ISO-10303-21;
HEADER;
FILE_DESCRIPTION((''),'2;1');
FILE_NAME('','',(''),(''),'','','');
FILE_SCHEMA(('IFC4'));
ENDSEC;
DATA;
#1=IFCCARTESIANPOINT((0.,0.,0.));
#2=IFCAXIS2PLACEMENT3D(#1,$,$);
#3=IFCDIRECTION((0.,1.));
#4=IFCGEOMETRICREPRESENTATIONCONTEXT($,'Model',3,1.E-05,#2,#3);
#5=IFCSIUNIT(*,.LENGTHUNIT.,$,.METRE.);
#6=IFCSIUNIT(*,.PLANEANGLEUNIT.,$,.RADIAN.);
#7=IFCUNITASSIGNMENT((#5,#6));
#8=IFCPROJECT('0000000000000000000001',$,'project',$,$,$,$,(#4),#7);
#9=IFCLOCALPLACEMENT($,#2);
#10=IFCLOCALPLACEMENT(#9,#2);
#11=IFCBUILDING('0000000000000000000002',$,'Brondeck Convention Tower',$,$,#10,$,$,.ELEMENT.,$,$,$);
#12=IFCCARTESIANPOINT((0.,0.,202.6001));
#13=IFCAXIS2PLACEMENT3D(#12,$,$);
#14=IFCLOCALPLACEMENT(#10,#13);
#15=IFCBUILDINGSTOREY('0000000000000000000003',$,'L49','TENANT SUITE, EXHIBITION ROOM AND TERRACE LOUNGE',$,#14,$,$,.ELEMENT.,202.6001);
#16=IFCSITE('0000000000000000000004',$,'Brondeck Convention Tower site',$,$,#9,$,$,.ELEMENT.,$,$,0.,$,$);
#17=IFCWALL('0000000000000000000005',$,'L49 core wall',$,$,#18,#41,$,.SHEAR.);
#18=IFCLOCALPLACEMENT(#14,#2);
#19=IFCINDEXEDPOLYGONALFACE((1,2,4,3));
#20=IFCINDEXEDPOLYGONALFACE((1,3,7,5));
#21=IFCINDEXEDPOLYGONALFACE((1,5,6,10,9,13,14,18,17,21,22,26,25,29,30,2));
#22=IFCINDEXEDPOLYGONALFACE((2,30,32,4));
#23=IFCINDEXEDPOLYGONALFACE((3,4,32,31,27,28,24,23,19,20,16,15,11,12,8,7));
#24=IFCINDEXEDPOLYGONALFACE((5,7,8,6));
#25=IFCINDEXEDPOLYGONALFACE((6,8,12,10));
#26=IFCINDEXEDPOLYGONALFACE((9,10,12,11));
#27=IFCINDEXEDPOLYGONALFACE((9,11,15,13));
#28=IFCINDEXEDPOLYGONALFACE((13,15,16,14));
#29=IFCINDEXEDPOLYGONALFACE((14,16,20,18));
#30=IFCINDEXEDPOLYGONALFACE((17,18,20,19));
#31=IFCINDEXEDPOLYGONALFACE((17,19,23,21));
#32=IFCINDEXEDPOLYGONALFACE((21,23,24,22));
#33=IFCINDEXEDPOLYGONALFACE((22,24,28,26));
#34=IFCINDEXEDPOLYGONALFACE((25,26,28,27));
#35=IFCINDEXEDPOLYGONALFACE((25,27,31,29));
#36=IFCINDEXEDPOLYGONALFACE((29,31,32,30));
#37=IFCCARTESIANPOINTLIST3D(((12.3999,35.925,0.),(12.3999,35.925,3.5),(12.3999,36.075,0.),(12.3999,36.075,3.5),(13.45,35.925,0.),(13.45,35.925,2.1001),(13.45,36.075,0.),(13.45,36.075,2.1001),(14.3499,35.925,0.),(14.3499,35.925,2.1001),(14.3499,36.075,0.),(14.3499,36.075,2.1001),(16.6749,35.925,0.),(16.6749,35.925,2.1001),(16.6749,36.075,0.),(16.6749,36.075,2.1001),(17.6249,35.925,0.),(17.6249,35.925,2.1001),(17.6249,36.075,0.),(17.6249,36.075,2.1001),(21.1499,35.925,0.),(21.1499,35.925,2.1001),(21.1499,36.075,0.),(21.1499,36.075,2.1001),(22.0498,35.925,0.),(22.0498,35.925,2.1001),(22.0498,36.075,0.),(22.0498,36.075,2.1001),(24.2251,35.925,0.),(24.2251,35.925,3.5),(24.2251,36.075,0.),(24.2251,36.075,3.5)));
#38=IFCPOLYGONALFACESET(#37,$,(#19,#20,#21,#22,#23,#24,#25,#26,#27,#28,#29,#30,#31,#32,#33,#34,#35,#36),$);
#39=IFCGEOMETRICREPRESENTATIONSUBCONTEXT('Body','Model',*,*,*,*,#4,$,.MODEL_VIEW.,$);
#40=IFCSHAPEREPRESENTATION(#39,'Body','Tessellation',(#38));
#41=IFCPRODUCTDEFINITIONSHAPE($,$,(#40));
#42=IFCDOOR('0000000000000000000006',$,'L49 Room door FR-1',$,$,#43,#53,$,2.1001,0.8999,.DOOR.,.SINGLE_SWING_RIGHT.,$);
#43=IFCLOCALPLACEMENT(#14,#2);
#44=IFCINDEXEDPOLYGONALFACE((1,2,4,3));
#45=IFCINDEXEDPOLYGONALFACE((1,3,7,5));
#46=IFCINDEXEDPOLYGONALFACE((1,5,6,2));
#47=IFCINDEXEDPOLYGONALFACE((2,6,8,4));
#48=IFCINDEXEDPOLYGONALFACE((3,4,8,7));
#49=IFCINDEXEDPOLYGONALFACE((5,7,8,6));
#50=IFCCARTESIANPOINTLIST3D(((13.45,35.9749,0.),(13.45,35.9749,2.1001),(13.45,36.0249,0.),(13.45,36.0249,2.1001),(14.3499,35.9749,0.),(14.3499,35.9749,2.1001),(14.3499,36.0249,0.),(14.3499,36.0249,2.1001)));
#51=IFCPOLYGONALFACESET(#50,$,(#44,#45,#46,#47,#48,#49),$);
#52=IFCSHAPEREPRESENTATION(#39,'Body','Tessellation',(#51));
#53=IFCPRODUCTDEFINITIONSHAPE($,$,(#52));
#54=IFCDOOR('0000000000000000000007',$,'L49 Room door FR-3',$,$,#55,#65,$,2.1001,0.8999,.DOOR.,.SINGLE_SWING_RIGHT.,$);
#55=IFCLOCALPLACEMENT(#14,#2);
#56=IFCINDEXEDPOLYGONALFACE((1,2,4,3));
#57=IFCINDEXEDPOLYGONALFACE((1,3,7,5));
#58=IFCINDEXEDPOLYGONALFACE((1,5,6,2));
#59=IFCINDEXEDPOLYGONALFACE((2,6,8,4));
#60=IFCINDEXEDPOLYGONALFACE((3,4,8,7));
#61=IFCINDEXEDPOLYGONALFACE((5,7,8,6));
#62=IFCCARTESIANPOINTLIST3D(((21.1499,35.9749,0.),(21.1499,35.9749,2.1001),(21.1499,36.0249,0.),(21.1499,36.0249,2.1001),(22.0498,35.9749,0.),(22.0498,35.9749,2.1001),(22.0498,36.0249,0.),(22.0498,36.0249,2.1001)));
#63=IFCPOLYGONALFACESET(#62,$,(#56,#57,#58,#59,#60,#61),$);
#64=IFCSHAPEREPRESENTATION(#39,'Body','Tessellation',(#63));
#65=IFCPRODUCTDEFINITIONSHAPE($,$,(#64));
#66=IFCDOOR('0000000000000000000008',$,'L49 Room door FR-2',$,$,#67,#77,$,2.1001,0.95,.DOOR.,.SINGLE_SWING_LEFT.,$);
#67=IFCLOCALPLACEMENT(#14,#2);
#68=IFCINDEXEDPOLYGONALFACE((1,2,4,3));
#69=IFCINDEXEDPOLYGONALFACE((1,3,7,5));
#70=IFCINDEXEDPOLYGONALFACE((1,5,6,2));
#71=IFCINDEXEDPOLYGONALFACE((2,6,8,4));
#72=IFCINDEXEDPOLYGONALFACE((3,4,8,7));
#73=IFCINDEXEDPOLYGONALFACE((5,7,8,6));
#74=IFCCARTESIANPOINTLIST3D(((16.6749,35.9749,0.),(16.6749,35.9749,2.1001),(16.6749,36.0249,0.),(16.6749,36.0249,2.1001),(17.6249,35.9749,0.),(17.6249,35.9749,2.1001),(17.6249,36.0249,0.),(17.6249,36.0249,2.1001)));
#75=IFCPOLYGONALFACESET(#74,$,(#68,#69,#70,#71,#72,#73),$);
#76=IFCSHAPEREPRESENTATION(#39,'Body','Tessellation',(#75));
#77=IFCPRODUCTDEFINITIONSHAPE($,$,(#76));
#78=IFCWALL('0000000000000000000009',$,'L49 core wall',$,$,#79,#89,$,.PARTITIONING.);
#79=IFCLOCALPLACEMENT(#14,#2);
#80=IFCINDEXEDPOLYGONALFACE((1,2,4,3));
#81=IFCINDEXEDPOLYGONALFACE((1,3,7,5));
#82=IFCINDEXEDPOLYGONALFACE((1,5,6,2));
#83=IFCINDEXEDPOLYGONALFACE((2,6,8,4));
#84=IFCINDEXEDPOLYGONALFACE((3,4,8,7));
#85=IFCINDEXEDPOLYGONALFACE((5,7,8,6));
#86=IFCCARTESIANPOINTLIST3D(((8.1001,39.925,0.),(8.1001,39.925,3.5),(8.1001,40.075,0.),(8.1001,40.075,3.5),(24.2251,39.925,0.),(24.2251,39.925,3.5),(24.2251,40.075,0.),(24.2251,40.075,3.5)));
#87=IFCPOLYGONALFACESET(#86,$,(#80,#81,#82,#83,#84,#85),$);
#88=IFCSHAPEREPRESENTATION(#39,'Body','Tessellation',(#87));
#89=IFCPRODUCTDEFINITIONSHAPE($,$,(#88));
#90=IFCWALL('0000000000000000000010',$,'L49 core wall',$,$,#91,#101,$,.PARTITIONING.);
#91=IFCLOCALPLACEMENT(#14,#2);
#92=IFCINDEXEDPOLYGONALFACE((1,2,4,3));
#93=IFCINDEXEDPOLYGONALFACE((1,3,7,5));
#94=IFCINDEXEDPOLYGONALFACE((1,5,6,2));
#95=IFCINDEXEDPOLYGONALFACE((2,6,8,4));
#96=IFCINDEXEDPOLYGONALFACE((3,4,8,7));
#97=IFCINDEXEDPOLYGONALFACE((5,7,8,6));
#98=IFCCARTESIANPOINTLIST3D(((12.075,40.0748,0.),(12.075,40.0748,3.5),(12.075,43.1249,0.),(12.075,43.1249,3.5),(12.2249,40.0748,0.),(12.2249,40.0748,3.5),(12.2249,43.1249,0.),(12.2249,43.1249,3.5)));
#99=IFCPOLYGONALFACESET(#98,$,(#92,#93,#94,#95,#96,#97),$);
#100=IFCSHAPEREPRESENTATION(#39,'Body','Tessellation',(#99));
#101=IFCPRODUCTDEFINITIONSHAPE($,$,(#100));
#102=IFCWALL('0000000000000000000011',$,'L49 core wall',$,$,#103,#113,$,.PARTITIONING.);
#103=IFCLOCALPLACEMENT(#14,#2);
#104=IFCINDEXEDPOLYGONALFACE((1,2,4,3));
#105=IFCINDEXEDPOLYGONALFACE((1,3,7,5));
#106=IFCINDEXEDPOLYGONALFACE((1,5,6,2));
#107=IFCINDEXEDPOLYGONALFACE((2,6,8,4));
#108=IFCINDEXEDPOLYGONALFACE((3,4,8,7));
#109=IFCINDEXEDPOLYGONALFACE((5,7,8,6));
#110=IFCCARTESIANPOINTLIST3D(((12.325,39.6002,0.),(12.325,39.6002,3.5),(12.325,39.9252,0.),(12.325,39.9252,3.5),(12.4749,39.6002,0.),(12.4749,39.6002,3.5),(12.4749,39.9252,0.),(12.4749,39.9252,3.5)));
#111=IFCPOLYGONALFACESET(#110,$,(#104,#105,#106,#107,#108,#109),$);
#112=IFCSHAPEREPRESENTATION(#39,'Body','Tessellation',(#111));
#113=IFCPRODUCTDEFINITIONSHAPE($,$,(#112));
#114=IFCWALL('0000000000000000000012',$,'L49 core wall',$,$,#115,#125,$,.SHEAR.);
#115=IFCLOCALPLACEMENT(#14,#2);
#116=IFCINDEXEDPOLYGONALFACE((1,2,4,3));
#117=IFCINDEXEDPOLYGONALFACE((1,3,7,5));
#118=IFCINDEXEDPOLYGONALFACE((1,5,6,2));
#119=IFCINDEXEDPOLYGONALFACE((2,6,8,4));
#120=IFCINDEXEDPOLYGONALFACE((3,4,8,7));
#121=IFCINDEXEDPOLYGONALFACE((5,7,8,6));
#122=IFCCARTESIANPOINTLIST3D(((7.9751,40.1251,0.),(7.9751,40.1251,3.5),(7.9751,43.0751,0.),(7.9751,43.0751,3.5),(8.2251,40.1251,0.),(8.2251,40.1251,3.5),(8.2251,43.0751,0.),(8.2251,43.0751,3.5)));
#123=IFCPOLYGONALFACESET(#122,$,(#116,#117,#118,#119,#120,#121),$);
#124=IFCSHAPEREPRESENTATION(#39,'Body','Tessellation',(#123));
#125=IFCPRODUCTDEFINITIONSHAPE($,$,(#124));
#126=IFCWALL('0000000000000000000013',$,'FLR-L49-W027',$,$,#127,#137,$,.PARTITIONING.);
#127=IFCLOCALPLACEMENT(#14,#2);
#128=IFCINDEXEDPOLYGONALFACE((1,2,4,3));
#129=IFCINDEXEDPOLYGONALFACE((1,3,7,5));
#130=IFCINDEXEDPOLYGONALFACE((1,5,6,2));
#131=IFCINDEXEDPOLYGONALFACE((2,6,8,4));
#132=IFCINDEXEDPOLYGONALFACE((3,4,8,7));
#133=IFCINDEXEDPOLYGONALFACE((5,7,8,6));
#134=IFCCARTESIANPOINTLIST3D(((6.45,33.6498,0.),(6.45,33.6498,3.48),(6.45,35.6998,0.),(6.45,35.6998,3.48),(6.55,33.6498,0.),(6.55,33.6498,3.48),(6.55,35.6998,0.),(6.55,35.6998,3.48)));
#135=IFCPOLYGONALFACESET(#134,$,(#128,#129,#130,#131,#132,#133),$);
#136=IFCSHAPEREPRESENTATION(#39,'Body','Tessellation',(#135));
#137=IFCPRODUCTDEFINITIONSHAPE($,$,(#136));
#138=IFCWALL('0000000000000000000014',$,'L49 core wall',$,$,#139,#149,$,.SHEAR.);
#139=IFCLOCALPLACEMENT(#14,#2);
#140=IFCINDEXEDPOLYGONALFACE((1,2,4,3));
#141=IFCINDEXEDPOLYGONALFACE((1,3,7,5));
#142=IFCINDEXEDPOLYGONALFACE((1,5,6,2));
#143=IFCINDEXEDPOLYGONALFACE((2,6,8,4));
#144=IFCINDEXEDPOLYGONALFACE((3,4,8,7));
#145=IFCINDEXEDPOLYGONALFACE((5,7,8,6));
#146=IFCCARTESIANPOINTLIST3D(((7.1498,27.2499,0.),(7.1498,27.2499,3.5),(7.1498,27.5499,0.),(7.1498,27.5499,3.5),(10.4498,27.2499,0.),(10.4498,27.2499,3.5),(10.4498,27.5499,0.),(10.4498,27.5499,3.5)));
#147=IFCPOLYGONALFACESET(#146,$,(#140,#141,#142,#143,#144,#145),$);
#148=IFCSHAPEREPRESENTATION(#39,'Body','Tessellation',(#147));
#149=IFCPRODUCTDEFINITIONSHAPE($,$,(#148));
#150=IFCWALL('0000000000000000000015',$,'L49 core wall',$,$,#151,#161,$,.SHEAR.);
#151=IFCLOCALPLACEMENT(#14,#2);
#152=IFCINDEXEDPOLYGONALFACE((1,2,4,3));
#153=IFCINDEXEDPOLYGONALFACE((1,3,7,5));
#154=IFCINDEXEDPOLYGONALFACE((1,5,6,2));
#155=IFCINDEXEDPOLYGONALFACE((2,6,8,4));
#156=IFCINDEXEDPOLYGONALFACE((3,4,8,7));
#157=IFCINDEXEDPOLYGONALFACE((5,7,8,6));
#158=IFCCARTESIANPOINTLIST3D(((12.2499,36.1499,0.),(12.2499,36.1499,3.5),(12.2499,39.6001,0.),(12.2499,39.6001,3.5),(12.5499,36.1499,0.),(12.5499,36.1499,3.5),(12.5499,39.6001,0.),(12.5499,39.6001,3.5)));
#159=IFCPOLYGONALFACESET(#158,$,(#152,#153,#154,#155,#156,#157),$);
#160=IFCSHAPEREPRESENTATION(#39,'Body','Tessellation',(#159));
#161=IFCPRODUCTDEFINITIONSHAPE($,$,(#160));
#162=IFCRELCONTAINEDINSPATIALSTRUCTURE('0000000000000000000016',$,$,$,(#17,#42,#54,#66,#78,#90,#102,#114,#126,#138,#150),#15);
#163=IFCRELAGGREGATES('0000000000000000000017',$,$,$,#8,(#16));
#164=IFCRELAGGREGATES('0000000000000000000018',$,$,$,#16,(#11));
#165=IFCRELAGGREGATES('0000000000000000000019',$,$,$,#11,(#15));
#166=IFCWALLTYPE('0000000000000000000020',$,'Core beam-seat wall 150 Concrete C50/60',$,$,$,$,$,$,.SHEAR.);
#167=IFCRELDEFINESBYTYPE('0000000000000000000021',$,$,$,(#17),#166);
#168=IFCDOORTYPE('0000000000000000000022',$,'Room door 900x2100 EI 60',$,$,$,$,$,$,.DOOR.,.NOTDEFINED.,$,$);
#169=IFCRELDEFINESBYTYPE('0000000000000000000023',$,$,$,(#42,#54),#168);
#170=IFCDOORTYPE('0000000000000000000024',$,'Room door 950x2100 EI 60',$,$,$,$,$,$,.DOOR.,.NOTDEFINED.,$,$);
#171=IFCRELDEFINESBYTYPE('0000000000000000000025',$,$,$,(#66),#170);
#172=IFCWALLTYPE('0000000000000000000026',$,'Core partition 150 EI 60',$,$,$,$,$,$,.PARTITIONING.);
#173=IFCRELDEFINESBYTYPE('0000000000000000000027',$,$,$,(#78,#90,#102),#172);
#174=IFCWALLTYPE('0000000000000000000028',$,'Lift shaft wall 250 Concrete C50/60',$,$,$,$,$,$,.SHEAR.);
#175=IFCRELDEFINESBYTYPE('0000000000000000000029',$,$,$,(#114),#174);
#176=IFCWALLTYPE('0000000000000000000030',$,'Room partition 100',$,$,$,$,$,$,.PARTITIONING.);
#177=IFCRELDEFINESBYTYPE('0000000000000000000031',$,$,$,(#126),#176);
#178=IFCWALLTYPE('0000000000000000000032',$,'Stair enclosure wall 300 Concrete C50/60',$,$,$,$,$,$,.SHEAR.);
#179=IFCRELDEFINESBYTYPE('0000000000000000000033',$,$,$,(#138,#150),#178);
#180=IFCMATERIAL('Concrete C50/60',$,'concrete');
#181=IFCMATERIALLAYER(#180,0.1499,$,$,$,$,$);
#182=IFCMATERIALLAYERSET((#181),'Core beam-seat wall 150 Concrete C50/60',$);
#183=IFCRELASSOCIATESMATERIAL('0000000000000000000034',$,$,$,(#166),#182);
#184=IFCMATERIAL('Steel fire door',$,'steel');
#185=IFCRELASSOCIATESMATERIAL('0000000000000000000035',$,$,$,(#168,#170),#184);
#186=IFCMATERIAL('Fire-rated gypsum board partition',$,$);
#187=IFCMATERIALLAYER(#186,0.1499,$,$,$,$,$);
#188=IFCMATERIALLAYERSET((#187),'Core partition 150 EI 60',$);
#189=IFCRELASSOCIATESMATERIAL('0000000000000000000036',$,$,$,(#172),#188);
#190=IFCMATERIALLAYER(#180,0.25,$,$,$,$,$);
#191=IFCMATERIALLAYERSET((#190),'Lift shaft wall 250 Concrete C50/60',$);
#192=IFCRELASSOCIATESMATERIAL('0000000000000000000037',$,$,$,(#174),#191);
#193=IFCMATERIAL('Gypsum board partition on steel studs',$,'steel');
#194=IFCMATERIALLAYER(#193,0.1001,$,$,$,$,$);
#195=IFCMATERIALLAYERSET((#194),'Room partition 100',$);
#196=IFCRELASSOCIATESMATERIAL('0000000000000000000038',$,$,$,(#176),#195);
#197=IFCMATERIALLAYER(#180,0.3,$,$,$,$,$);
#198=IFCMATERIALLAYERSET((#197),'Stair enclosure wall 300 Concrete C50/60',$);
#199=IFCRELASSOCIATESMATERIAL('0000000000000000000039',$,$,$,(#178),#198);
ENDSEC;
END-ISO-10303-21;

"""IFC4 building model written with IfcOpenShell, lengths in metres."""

from ifc_helpers import new_model, si_unit, direction, frame, frame_2d, origin, place, context, subcontext, project, spatial, rectangle, extrude, material, layer, layer_set, type_object, element, fill, save


model = new_model("IFC4")

# Units and contexts
model_context = context("Model", 3, precision=1e-05, world=origin(), true_north=direction((0.0, 1.0)))
body_context = subcontext(model_context, "Body", "Model", "MODEL_VIEW")
ifc_project = project(units=[si_unit("LENGTHUNIT", "METRE"), si_unit("PLANEANGLEUNIT", "RADIAN")], contexts=[model_context])

# Site, building, storey
site_placement = place(None, origin())
site = spatial("IfcSite", under=ifc_project, at=site_placement, Name="Brondeck Convention Tower site", CompositionType="ELEMENT", RefElevation=0.0)
building_placement = place(site_placement, origin())
building = spatial("IfcBuilding", under=site, at=building_placement, Name="Brondeck Convention Tower", CompositionType="ELEMENT")
storey_placement = place(building_placement, frame((0.0, 0.0, 202.6001)))
storey = spatial("IfcBuildingStorey", under=building, at=storey_placement, Name="L49", Description="TENANT SUITE, EXHIBITION ROOM AND TERRACE LOUNGE", CompositionType="ELEMENT", Elevation=202.6001)

# Shared definitions
ifc_material_1 = material(Name="Concrete C50/60", Category="concrete")

# Wall, openings, doors
ifc_layer_1 = layer(ifc_material_1, 0.1499)
ifc_layer_set_1 = layer_set([ifc_layer_1], Name="Core beam-seat wall 150 Concrete C50/60")
wall_type_1 = type_object("IfcWallType", Name="Core beam-seat wall 150 Concrete C50/60", PredefinedType="SHEAR", material=ifc_layer_set_1)
wall_1_placement = place(storey_placement, frame((12.3999, 36.0, 0.0), z_axis=(0.0, 0.0, 1.0), x_axis=(1.0, 0.0, 0.0)))
wall_1 = element("IfcWall", 1, at=wall_1_placement, inside=storey, type_object=wall_type_1, Name="L49 core wall", PredefinedType="SHEAR", context=body_context, shape_type="SweptSolid", body=[
    extrude(rectangle(XDim=11.8252, YDim=0.1499, at=frame_2d((5.9126, 0.0))), origin(), (0.0, 0.0, 1.0), 3.5),
])
opening_1_placement = place(wall_1_placement, frame((1.05, 0.0, 0.0)))
opening_1 = element("IfcOpeningElement", 2, at=opening_1_placement, cuts=wall_1, PredefinedType="OPENING", context=body_context, shape_type="SweptSolid", body=[
    extrude(rectangle(XDim=0.8999, YDim=2.1001, at=frame_2d((0.45, 1.05))), frame((0.0, 0.085, 0.0), z_axis=(0.0, -1.0, 0.0), x_axis=(1.0, 0.0, 0.0)), (0.0, 0.0, 1.0), 0.1699),
])
opening_2_placement = place(wall_1_placement, frame((4.2749, 0.0, 0.0)))
opening_2 = element("IfcOpeningElement", 3, at=opening_2_placement, cuts=wall_1, PredefinedType="OPENING", context=body_context, shape_type="SweptSolid", body=[
    extrude(rectangle(XDim=0.95, YDim=2.1001, at=frame_2d((0.4751, 1.05))), frame((0.0, 0.085, 0.0), z_axis=(0.0, -1.0, 0.0), x_axis=(1.0, 0.0, 0.0)), (0.0, 0.0, 1.0), 0.1699),
])
opening_3_placement = place(wall_1_placement, frame((8.75, 0.0, 0.0)))
opening_3 = element("IfcOpeningElement", 4, at=opening_3_placement, cuts=wall_1, PredefinedType="OPENING", context=body_context, shape_type="SweptSolid", body=[
    extrude(rectangle(XDim=0.8999, YDim=2.1001, at=frame_2d((0.45, 1.05))), frame((0.0, 0.085, 0.0), z_axis=(0.0, -1.0, 0.0), x_axis=(1.0, 0.0, 0.0)), (0.0, 0.0, 1.0), 0.1699),
])
ifc_material_2 = material(Name="Steel fire door", Category="steel")
door_type_1 = type_object("IfcDoorType", Name="Room door 900x2100 EI 60", OperationType="NOTDEFINED", PredefinedType="DOOR", material=ifc_material_2)
door_1_placement = place(opening_1_placement, origin())
door_1 = element("IfcDoor", 5, at=door_1_placement, inside=storey, type_object=door_type_1, Name="L49 Room door FR-1", OperationType="SINGLE_SWING_RIGHT", OverallHeight=2.1001, OverallWidth=0.8999, PredefinedType="DOOR", context=body_context, shape_type="SweptSolid", body=[
    extrude(rectangle(XDim=0.8999, YDim=2.1001, at=frame_2d((0.45, 1.05))), frame((0.0, 0.0249, 0.0), z_axis=(0.0, -1.0, 0.0), x_axis=(1.0, 0.0, 0.0)), (0.0, 0.0, 1.0), 0.05),
])
fill(opening_1, door_1)
door_2_placement = place(opening_3_placement, origin())
door_2 = element("IfcDoor", 6, at=door_2_placement, inside=storey, type_object=door_type_1, Name="L49 Room door FR-3", OperationType="SINGLE_SWING_RIGHT", OverallHeight=2.1001, OverallWidth=0.8999, PredefinedType="DOOR", context=body_context, shape_type="SweptSolid", body=[
    extrude(rectangle(XDim=0.8999, YDim=2.1001, at=frame_2d((0.45, 1.05))), frame((0.0, 0.0249, 0.0), z_axis=(0.0, -1.0, 0.0), x_axis=(1.0, 0.0, 0.0)), (0.0, 0.0, 1.0), 0.05),
])
fill(opening_3, door_2)
door_type_2 = type_object("IfcDoorType", Name="Room door 950x2100 EI 60", OperationType="NOTDEFINED", PredefinedType="DOOR", material=ifc_material_2)
door_3_placement = place(opening_2_placement, origin())
door_3 = element("IfcDoor", 7, at=door_3_placement, inside=storey, type_object=door_type_2, Name="L49 Room door FR-2", OperationType="SINGLE_SWING_LEFT", OverallHeight=2.1001, OverallWidth=0.95, PredefinedType="DOOR", context=body_context, shape_type="SweptSolid", body=[
    extrude(rectangle(XDim=0.95, YDim=2.1001, at=frame_2d((0.4751, 1.05))), frame((0.0, 0.0249, 0.0), z_axis=(0.0, -1.0, 0.0), x_axis=(1.0, 0.0, 0.0)), (0.0, 0.0, 1.0), 0.05),
])
fill(opening_2, door_3)

# Walls
ifc_material_3 = material(Name="Fire-rated gypsum board partition")
ifc_layer_2 = layer(ifc_material_3, 0.1499)
ifc_layer_set_2 = layer_set([ifc_layer_2], Name="Core partition 150 EI 60")
wall_type_2 = type_object("IfcWallType", Name="Core partition 150 EI 60", PredefinedType="PARTITIONING", material=ifc_layer_set_2)
wall_2_placement = place(storey_placement, frame((8.1001, 40.0, 0.0), z_axis=(0.0, 0.0, 1.0), x_axis=(1.0, 0.0, 0.0)))
element("IfcWall", 8, at=wall_2_placement, inside=storey, type_object=wall_type_2, Name="L49 core wall", PredefinedType="PARTITIONING", context=body_context, shape_type="SweptSolid", body=[
    extrude(rectangle(XDim=16.125, YDim=0.1499, at=frame_2d((8.0625, 0.0))), origin(), (0.0, 0.0, 1.0), 3.5),
])
wall_3_placement = place(storey_placement, frame((12.1499, 40.075, 0.0), z_axis=(0.0, 0.0, 1.0), x_axis=(0.0, 1.0, 0.0)))
element("IfcWall", 9, at=wall_3_placement, inside=storey, type_object=wall_type_2, Name="L49 core wall", PredefinedType="PARTITIONING", context=body_context, shape_type="SweptSolid", body=[
    extrude(rectangle(XDim=3.05, YDim=0.1499, at=frame_2d((1.5249, 0.0))), origin(), (0.0, 0.0, 1.0), 3.5),
])
wall_4_placement = place(storey_placement, frame((12.3999, 39.6001, 0.0), z_axis=(0.0, 0.0, 1.0), x_axis=(0.0, 1.0, 0.0)))
element("IfcWall", 10, at=wall_4_placement, inside=storey, type_object=wall_type_2, Name="L49 core wall", PredefinedType="PARTITIONING", context=body_context, shape_type="SweptSolid", body=[
    extrude(rectangle(XDim=0.325, YDim=0.1499, at=frame_2d((0.1626, 0.0))), origin(), (0.0, 0.0, 1.0), 3.5),
])
ifc_layer_3 = layer(ifc_material_1, 0.25)
ifc_layer_set_3 = layer_set([ifc_layer_3], Name="Lift shaft wall 250 Concrete C50/60")
wall_type_3 = type_object("IfcWallType", Name="Lift shaft wall 250 Concrete C50/60", PredefinedType="SHEAR", material=ifc_layer_set_3)
wall_5_placement = place(storey_placement, frame((8.1001, 40.125, 0.0), z_axis=(0.0, 0.0, 1.0), x_axis=(0.0, 1.0, 0.0)))
element("IfcWall", 11, at=wall_5_placement, inside=storey, type_object=wall_type_3, Name="L49 core wall", PredefinedType="SHEAR", context=body_context, shape_type="SweptSolid", body=[
    extrude(rectangle(XDim=2.95, YDim=0.25, at=frame_2d((1.4751, 0.0))), origin(), (0.0, 0.0, 1.0), 3.5),
])
ifc_material_4 = material(Name="Gypsum board partition on steel studs", Category="steel")
ifc_layer_4 = layer(ifc_material_4, 0.1001)
ifc_layer_set_4 = layer_set([ifc_layer_4], Name="Room partition 100")
wall_type_4 = type_object("IfcWallType", Name="Room partition 100", PredefinedType="PARTITIONING", material=ifc_layer_set_4)
wall_6_placement = place(storey_placement, frame((6.5, 33.6499, 0.0), z_axis=(0.0, 0.0, 1.0), x_axis=(0.0, 1.0, 0.0)))
element("IfcWall", 12, at=wall_6_placement, inside=storey, type_object=wall_type_4, Name="FLR-L49-W027", PredefinedType="PARTITIONING", context=body_context, shape_type="SweptSolid", body=[
    extrude(rectangle(XDim=2.05, YDim=0.1001, at=frame_2d((1.0249, 0.0))), origin(), (0.0, 0.0, 1.0), 3.48),
])
ifc_layer_5 = layer(ifc_material_1, 0.3)
ifc_layer_set_5 = layer_set([ifc_layer_5], Name="Stair enclosure wall 300 Concrete C50/60")
wall_type_5 = type_object("IfcWallType", Name="Stair enclosure wall 300 Concrete C50/60", PredefinedType="SHEAR", material=ifc_layer_set_5)
wall_7_placement = place(storey_placement, frame((7.1499, 27.3999, 0.0), z_axis=(0.0, 0.0, 1.0), x_axis=(1.0, 0.0, 0.0)))
element("IfcWall", 13, at=wall_7_placement, inside=storey, type_object=wall_type_5, Name="L49 core wall", PredefinedType="SHEAR", context=body_context, shape_type="SweptSolid", body=[
    extrude(rectangle(XDim=3.3, YDim=0.3, at=frame_2d((1.6499, 0.0))), origin(), (0.0, 0.0, 1.0), 3.5),
])
wall_8_placement = place(storey_placement, frame((12.3999, 36.1499, 0.0), z_axis=(0.0, 0.0, 1.0), x_axis=(0.0, 1.0, 0.0)))
element("IfcWall", 14, at=wall_8_placement, inside=storey, type_object=wall_type_5, Name="L49 core wall", PredefinedType="SHEAR", context=body_context, shape_type="SweptSolid", body=[
    extrude(rectangle(XDim=3.4502, YDim=0.3, at=frame_2d((1.7251, 0.0))), origin(), (0.0, 0.0, 1.0), 3.5),
])

save(model, "model.ifc")
